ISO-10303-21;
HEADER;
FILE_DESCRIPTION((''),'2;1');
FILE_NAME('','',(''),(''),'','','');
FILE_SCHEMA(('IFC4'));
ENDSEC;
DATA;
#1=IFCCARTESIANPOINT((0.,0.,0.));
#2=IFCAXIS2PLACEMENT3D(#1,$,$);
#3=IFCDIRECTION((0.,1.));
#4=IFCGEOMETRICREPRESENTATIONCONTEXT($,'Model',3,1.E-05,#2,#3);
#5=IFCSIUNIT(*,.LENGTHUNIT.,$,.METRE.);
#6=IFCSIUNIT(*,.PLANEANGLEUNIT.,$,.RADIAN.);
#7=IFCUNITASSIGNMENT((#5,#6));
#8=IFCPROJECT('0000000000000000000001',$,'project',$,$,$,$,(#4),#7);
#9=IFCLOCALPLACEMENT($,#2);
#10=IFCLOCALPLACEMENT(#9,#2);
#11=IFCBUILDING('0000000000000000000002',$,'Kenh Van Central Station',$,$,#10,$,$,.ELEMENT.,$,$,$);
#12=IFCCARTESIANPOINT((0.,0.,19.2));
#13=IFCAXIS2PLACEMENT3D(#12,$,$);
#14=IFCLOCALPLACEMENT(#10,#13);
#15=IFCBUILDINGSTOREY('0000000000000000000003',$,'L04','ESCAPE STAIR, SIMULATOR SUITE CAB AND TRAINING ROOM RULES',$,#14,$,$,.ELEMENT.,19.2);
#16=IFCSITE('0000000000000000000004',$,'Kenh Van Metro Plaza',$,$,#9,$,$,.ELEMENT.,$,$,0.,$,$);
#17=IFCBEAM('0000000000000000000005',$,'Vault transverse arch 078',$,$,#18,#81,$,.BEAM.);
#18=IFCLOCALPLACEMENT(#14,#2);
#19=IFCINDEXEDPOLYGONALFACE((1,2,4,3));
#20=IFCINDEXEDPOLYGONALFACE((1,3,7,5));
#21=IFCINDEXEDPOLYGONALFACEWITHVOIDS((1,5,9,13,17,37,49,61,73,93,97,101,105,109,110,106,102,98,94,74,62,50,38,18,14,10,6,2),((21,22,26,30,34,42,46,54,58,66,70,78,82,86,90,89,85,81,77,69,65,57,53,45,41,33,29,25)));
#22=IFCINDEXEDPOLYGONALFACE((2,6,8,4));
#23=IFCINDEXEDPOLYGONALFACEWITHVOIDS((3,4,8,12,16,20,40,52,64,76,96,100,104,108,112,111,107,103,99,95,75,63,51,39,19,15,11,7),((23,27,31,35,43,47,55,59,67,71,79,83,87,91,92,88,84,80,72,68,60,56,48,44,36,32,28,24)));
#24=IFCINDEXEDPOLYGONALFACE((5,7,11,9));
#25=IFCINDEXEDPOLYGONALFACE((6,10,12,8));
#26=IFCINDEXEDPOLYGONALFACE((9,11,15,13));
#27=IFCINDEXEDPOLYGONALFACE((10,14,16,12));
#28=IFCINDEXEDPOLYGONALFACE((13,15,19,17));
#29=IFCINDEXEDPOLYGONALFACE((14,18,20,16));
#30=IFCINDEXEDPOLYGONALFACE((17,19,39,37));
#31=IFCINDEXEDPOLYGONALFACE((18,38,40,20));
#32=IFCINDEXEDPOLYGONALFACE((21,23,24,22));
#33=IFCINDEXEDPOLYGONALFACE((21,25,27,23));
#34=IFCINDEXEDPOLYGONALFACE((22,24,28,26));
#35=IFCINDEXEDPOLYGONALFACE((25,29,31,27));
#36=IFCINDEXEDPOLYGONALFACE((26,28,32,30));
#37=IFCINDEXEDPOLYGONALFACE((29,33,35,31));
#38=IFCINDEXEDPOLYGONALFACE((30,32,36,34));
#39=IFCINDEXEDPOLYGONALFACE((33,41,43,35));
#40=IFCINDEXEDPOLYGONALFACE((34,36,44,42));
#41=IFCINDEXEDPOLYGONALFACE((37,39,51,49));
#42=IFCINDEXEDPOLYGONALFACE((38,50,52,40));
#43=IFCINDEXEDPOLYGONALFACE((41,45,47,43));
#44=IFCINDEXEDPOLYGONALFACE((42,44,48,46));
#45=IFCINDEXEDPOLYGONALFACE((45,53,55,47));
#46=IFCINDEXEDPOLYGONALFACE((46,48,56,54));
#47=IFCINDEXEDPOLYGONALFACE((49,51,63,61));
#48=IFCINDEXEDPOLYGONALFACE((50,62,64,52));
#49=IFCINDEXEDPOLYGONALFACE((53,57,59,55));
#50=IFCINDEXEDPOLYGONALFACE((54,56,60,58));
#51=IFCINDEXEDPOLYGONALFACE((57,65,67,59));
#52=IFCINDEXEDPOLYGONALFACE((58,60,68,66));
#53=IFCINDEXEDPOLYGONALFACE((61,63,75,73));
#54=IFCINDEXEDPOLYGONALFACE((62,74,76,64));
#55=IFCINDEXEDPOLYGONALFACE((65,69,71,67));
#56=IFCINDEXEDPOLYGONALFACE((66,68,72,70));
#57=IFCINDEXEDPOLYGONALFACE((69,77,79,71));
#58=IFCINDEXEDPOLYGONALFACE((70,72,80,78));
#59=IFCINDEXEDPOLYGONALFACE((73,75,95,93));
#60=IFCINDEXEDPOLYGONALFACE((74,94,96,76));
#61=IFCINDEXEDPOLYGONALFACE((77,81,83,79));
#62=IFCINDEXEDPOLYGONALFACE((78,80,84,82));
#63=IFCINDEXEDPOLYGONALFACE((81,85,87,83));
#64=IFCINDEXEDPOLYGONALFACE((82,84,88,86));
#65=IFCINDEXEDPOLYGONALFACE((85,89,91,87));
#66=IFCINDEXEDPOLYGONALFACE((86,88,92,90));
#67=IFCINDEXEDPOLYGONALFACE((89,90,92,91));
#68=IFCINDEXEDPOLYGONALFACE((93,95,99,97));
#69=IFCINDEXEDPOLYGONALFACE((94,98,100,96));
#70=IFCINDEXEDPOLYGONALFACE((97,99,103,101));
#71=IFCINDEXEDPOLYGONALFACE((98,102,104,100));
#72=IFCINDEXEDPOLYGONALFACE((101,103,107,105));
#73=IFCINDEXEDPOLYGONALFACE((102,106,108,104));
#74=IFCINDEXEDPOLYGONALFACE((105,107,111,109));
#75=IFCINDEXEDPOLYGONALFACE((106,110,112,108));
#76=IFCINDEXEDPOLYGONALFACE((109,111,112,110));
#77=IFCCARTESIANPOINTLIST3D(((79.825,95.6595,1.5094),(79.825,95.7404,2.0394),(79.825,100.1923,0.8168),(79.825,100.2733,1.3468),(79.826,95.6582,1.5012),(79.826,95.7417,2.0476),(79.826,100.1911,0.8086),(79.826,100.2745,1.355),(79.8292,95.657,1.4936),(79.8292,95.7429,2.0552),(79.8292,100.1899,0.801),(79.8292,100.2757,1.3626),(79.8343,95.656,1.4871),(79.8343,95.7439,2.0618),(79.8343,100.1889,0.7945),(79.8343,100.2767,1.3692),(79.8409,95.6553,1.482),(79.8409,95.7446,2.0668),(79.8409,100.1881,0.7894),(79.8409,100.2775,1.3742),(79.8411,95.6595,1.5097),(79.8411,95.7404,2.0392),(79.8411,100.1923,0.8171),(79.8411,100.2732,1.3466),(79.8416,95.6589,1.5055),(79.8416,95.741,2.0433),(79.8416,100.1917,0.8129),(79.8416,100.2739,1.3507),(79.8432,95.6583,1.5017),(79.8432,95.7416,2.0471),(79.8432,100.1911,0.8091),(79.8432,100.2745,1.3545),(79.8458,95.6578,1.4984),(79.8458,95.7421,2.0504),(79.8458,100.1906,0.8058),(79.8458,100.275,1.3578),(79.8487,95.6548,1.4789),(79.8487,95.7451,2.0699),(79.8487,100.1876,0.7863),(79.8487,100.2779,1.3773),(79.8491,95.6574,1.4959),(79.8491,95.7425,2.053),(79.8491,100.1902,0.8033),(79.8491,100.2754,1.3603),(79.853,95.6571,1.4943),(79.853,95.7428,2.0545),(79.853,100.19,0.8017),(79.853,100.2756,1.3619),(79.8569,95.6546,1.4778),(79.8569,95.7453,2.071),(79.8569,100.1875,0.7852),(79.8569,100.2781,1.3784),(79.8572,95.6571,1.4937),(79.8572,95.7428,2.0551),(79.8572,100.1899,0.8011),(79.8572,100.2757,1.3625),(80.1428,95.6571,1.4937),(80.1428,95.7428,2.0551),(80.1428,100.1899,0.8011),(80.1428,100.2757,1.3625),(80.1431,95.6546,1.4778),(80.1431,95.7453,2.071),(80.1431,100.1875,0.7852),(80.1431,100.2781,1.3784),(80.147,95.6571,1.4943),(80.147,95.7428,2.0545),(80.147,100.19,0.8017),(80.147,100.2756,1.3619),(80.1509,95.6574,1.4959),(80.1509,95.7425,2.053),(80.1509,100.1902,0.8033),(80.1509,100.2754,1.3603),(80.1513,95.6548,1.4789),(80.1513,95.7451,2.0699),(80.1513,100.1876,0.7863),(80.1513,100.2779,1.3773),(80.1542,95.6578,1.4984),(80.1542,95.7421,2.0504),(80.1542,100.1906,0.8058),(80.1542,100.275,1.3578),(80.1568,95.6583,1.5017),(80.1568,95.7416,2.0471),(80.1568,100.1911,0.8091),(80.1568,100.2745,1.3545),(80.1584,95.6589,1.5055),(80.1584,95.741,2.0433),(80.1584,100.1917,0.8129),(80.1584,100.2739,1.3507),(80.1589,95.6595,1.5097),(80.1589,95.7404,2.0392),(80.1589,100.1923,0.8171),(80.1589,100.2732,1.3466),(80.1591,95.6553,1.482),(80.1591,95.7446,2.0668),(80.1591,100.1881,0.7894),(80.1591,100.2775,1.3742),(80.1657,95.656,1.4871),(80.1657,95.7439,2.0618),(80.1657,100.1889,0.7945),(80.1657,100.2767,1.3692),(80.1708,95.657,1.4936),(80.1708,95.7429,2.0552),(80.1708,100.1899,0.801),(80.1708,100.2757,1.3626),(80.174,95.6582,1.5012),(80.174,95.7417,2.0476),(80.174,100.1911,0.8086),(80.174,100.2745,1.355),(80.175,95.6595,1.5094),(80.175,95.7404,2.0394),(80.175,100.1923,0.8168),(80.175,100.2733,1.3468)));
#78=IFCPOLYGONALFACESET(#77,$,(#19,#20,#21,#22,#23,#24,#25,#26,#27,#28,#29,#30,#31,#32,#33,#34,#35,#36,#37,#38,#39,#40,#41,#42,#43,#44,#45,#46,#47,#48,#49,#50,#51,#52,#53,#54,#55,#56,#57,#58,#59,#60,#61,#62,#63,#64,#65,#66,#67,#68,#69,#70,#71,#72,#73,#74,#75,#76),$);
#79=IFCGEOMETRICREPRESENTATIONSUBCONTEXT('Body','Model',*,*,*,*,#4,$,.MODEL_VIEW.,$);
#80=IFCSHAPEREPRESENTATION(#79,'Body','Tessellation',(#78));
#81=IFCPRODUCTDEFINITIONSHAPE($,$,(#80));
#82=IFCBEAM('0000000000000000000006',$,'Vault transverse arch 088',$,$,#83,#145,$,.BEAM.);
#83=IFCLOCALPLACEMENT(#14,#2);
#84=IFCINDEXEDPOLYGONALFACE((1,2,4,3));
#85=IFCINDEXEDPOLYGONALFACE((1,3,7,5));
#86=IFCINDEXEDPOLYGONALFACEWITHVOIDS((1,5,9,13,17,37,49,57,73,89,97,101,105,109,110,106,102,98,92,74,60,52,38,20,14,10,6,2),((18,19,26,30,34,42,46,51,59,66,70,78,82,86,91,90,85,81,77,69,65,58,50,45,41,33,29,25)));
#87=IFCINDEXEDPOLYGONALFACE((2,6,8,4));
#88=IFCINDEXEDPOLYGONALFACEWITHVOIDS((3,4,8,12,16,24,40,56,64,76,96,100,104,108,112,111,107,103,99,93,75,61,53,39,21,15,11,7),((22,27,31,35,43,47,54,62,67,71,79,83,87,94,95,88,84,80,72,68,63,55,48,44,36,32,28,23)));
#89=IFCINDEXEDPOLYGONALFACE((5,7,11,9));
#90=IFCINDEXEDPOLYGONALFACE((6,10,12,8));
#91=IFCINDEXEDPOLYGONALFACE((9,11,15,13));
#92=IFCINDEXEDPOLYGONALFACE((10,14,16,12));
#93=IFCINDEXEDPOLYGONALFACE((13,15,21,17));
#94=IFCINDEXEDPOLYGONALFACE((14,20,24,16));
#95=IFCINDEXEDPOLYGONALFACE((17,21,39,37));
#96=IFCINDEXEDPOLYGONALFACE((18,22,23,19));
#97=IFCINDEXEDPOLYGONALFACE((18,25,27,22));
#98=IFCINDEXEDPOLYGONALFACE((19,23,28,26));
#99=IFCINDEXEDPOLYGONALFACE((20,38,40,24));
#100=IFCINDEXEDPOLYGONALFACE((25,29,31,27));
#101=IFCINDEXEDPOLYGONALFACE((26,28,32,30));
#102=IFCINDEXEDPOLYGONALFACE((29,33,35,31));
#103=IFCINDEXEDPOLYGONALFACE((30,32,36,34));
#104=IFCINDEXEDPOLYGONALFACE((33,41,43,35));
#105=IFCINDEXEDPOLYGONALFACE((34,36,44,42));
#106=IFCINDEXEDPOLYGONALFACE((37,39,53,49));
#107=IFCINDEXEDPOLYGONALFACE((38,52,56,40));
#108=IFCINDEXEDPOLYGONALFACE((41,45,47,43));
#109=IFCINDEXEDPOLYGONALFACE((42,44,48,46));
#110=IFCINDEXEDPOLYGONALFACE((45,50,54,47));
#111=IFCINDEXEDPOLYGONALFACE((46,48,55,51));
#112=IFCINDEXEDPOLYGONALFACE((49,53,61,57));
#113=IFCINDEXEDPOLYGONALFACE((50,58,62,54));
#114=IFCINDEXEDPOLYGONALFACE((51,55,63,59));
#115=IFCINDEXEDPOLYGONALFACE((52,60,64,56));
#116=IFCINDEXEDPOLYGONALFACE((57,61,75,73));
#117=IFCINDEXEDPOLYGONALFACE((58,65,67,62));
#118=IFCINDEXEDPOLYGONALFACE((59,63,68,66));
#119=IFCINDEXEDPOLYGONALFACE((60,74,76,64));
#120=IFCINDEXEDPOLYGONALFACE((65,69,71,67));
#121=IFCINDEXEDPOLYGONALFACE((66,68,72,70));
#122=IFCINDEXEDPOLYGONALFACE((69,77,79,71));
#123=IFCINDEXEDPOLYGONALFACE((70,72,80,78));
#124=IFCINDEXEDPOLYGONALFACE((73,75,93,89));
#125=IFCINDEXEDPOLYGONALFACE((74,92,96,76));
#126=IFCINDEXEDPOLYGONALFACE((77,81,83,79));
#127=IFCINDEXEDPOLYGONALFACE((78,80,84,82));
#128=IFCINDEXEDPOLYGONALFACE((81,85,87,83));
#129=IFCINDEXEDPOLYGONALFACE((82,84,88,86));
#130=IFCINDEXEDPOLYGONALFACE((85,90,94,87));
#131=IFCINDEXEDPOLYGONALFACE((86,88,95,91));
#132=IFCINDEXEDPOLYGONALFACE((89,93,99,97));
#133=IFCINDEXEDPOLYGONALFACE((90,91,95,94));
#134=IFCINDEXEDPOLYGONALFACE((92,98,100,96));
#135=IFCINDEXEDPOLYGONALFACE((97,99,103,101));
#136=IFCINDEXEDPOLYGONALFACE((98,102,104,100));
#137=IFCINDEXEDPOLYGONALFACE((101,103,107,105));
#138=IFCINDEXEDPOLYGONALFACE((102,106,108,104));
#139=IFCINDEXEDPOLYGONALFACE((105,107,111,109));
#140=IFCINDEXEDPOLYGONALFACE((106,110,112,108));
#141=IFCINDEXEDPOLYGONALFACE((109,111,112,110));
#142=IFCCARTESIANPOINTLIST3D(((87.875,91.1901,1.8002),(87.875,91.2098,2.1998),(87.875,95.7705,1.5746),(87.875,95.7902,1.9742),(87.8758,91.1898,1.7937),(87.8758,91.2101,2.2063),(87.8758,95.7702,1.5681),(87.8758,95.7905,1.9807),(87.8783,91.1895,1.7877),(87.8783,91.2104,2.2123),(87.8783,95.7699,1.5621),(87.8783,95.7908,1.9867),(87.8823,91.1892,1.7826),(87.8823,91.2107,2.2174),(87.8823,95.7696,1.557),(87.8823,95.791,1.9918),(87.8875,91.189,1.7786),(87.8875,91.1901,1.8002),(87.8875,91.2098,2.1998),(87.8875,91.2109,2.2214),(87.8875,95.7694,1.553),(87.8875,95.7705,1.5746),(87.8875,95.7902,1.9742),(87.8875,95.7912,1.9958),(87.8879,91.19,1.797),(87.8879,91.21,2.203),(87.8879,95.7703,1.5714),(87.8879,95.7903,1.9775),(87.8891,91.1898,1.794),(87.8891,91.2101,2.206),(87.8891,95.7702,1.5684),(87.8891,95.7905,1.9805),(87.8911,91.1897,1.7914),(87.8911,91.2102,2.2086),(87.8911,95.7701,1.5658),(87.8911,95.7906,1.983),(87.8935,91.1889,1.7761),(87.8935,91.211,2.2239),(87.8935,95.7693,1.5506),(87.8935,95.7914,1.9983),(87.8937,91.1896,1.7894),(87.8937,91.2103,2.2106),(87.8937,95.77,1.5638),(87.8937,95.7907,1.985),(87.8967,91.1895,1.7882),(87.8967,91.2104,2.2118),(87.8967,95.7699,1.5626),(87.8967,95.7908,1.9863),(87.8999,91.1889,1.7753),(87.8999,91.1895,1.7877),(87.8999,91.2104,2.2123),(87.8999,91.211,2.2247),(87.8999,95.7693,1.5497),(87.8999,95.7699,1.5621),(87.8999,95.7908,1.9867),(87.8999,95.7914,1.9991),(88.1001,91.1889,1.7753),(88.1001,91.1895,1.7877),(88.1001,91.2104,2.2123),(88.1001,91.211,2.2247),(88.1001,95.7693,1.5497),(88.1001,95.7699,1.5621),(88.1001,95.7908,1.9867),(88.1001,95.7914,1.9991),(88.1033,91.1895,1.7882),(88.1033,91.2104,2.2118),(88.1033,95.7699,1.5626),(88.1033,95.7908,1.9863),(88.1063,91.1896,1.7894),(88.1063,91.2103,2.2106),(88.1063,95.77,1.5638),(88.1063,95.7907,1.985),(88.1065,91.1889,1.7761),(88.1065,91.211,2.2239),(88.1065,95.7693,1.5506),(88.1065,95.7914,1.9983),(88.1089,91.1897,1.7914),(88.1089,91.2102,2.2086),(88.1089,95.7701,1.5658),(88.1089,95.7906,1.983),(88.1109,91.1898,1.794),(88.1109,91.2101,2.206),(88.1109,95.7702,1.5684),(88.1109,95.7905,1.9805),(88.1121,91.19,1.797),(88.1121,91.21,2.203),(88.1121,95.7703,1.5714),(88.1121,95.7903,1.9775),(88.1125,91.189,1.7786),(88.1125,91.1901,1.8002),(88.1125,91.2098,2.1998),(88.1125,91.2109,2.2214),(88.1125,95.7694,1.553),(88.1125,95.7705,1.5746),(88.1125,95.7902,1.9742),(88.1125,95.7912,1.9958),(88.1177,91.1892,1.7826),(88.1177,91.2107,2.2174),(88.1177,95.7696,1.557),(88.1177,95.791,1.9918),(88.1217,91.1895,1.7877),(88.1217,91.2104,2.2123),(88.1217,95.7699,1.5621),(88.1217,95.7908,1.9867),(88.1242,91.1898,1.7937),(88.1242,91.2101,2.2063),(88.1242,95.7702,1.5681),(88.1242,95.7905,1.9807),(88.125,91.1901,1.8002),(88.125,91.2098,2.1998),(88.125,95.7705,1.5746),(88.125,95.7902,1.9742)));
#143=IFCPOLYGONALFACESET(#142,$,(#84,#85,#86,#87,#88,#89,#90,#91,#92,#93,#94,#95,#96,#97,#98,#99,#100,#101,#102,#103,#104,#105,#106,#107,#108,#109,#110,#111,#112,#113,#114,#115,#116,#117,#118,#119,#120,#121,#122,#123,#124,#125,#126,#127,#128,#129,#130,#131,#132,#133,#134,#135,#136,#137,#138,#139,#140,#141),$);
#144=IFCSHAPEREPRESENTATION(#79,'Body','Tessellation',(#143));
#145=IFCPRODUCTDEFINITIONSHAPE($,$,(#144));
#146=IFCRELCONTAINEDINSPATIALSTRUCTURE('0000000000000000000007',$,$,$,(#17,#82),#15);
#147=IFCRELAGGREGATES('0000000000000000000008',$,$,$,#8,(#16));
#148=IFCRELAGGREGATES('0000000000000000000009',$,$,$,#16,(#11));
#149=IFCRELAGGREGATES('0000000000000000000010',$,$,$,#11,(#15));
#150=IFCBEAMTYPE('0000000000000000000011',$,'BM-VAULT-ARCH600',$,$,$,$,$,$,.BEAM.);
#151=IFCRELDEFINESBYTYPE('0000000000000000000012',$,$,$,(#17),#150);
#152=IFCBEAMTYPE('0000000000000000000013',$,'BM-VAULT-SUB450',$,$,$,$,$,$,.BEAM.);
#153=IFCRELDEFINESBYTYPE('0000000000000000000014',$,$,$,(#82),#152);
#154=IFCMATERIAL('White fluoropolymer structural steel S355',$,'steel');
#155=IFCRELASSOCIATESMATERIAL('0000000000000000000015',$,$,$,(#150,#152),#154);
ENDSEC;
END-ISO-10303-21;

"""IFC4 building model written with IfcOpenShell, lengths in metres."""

from ifc_helpers import new_model, si_unit, direction, frame, origin, origin_2d, place, context, subcontext, project, spatial, hollow_rectangle, extrude, material, material_profile, profile_set, type_object, element, save


model = new_model("IFC4")

# Units and contexts
model_context = context("Model", 3, precision=1e-05, world=origin(), true_north=direction((0.0, 1.0)))
body_context = subcontext(model_context, "Body", "Model", "MODEL_VIEW")
ifc_project = project(units=[si_unit("LENGTHUNIT", "METRE"), si_unit("PLANEANGLEUNIT", "RADIAN")], contexts=[model_context])

# Site, building, storey
site_placement = place(None, origin())
site = spatial("IfcSite", under=ifc_project, at=site_placement, Name="Kenh Van Metro Plaza", CompositionType="ELEMENT", RefElevation=0.0)
building_placement = place(site_placement, origin())
building = spatial("IfcBuilding", under=site, at=building_placement, Name="Kenh Van Central Station", CompositionType="ELEMENT")
storey_placement = place(building_placement, frame((0.0, 0.0, 19.2)))
storey = spatial("IfcBuildingStorey", under=building, at=storey_placement, Name="L04", Description="ESCAPE STAIR, SIMULATOR SUITE CAB AND TRAINING ROOM RULES", CompositionType="ELEMENT", Elevation=19.2)

# Beams
ifc_material_1 = material(Name="White fluoropolymer structural steel S355", Category="steel")
ifc_material_profile_1 = material_profile(ifc_material_1, hollow_rectangle(XDim=0.3501, YDim=0.6001, WallThickness=0.0161, InnerFilletRadius=0.0161, OuterFilletRadius=0.032, at=origin_2d()), Name="RHS 600x350x16")
ifc_profile_set_1 = profile_set([ifc_material_profile_1], Name="White fluoropolymer structural steel S355")
beam_type_1 = type_object("IfcBeamType", Name="BM-VAULT-ARCH600", PredefinedType="BEAM", material=ifc_profile_set_1)
beam_1_placement = place(storey_placement, frame((80.0, 95.7, 1.7744), z_axis=(0.0, 0.988527, -0.151045), x_axis=(-1.0, 0.0, 0.0)))
element("IfcBeam", 1, at=beam_1_placement, inside=storey, type_object=beam_type_1, Name="Vault transverse arch 078", PredefinedType="BEAM", context=body_context, shape_type="SweptSolid", body=[
    extrude(hollow_rectangle(XDim=0.3501, YDim=0.6001, WallThickness=0.0161, InnerFilletRadius=0.0161, OuterFilletRadius=0.032, at=origin_2d()), origin(), (0.0, 0.0, 1.0), 4.5854),
])
ifc_material_profile_2 = material_profile(ifc_material_1, hollow_rectangle(XDim=0.25, YDim=0.45, WallThickness=0.0125, InnerFilletRadius=0.0125, OuterFilletRadius=0.0249, at=origin_2d()), Name="RHS 450x250x12.5")
ifc_profile_set_2 = profile_set([ifc_material_profile_2], Name="White fluoropolymer structural steel S355")
beam_type_2 = type_object("IfcBeamType", Name="BM-VAULT-SUB450", PredefinedType="BEAM", material=ifc_profile_set_2)
beam_2_placement = place(storey_placement, frame((88.0, 91.2, 2.0), z_axis=(0.0, 0.998789, -0.049191), x_axis=(-1.0, 0.0, 0.0)))
element("IfcBeam", 2, at=beam_2_placement, inside=storey, type_object=beam_type_2, Name="Vault transverse arch 088", PredefinedType="BEAM", context=body_context, shape_type="SweptSolid", body=[
    extrude(hollow_rectangle(XDim=0.25, YDim=0.45, WallThickness=0.0125, InnerFilletRadius=0.0125, OuterFilletRadius=0.0249, at=origin_2d()), origin(), (0.0, 0.0, 1.0), 4.5859),
])

save(model, "model.ifc")
